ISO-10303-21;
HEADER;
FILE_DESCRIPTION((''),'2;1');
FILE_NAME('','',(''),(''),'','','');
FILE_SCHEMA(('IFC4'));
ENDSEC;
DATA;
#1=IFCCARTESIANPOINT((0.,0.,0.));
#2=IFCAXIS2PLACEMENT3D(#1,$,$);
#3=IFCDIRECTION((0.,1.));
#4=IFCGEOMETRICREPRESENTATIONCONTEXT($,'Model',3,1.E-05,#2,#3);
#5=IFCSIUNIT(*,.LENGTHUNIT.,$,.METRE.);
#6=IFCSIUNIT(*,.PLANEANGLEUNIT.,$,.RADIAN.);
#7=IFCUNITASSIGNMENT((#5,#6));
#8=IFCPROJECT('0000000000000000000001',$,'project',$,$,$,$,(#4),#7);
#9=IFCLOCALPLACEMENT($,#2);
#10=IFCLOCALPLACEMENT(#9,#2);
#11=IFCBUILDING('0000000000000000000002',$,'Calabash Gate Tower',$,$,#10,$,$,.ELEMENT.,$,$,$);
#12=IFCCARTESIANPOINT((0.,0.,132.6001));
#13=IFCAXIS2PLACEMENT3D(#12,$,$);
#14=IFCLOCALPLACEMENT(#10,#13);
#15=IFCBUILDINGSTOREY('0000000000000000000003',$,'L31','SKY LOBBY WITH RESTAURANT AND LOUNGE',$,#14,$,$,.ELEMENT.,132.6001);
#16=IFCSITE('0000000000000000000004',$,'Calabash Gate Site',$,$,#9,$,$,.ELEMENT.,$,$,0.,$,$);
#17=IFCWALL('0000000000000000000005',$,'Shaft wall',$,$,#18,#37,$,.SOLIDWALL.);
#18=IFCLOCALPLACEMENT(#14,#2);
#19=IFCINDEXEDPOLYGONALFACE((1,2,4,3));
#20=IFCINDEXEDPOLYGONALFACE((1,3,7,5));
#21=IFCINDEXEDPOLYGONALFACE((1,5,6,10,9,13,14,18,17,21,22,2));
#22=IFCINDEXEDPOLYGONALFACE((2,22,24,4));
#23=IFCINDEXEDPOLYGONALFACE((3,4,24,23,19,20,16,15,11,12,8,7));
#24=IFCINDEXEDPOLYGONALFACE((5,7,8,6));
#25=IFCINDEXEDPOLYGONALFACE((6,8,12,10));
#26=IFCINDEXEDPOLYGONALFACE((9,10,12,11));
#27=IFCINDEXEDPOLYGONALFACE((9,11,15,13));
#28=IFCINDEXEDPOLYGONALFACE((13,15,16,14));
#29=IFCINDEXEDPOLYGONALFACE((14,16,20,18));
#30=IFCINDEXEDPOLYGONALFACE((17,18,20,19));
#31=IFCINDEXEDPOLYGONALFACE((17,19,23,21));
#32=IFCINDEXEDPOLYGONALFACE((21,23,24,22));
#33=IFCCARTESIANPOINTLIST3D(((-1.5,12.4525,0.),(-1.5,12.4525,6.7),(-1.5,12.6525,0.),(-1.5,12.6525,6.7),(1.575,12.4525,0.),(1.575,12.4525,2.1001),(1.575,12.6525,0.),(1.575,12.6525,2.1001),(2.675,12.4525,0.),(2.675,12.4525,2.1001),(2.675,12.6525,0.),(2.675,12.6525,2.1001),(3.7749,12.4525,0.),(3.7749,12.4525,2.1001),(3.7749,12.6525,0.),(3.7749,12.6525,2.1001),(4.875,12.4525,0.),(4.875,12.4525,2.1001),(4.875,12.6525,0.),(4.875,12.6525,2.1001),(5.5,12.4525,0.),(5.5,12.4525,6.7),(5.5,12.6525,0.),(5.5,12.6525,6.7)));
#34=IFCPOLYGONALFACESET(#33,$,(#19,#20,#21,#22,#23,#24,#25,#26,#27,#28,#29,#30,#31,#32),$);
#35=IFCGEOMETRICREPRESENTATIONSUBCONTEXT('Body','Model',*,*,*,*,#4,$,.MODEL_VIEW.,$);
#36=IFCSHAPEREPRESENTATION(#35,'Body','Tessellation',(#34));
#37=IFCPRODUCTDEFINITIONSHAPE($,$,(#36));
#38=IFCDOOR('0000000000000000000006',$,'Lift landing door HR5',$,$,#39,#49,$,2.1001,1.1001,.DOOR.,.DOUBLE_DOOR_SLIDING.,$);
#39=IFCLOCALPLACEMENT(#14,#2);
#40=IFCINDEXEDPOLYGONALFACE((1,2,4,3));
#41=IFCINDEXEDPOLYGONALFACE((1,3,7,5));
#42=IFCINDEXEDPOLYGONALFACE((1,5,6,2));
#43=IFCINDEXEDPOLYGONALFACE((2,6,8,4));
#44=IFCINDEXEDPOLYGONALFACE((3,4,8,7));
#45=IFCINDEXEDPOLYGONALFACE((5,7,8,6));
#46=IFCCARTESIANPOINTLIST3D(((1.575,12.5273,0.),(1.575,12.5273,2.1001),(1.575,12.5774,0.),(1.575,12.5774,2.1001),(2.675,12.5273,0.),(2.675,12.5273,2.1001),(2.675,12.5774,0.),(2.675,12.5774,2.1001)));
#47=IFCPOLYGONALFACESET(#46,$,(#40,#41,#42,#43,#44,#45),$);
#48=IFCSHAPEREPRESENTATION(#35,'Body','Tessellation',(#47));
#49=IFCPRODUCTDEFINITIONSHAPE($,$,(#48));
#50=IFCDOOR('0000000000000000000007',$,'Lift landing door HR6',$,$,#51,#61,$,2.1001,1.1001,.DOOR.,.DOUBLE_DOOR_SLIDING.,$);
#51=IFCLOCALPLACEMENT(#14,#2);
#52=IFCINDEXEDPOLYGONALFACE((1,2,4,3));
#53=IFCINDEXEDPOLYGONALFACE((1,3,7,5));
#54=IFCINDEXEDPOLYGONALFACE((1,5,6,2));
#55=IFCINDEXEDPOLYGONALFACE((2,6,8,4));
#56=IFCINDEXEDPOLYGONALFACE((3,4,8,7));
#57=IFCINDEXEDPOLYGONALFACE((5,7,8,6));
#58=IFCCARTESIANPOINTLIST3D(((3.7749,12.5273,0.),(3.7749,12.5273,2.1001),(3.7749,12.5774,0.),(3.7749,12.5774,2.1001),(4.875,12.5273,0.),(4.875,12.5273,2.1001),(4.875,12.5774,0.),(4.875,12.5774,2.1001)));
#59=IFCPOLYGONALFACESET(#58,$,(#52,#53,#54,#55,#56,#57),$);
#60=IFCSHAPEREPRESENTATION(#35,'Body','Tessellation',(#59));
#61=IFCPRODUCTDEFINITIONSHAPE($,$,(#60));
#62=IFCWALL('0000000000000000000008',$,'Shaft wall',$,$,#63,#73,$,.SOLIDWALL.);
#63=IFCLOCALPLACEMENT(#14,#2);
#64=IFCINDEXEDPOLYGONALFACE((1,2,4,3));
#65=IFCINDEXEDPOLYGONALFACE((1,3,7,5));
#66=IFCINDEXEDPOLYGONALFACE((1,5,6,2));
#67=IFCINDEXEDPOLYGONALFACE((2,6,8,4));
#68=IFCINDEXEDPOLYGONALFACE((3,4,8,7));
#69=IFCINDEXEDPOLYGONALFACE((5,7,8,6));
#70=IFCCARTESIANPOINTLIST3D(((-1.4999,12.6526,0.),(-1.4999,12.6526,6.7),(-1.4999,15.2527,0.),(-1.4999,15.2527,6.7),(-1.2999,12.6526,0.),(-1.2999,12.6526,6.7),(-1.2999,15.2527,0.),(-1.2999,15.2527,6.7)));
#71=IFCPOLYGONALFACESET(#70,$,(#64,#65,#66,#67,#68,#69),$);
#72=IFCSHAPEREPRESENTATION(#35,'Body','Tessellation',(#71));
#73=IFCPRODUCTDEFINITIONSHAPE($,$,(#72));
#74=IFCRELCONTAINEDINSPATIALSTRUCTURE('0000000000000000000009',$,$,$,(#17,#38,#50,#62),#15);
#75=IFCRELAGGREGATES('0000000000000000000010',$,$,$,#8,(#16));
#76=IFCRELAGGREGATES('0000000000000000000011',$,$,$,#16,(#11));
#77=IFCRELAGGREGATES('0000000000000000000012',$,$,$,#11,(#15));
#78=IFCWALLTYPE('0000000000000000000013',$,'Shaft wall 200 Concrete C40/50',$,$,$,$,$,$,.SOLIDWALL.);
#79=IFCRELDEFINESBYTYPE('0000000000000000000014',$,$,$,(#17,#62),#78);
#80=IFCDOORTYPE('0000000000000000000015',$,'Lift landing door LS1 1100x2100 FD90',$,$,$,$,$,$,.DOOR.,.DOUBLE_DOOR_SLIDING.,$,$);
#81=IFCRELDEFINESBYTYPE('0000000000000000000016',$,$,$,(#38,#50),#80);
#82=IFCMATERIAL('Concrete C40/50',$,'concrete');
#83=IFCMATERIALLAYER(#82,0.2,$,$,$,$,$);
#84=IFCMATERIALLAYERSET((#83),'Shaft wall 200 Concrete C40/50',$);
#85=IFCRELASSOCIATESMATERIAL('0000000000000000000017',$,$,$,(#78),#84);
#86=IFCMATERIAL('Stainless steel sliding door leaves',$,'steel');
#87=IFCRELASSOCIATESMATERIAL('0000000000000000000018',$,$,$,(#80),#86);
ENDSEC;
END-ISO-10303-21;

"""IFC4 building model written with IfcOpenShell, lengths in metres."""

from ifc_helpers import new_model, si_unit, direction, frame, frame_2d, origin, place, context, subcontext, project, spatial, rectangle, extrude, material, layer, layer_set, type_object, element, fill, save


model = new_model("IFC4")

# Units and contexts
model_context = context("Model", 3, precision=1e-05, world=origin(), true_north=direction((0.0, 1.0)))
body_context = subcontext(model_context, "Body", "Model", "MODEL_VIEW")
ifc_project = project(units=[si_unit("LENGTHUNIT", "METRE"), si_unit("PLANEANGLEUNIT", "RADIAN")], contexts=[model_context])

# Site, building, storey
site_placement = place(None, origin())
site = spatial("IfcSite", under=ifc_project, at=site_placement, Name="Calabash Gate Site", CompositionType="ELEMENT", RefElevation=0.0)
building_placement = place(site_placement, origin())
building = spatial("IfcBuilding", under=site, at=building_placement, Name="Calabash Gate Tower", CompositionType="ELEMENT")
storey_placement = place(building_placement, frame((0.0, 0.0, 132.6001)))
storey = spatial("IfcBuildingStorey", under=building, at=storey_placement, Name="L31", Description="SKY LOBBY WITH RESTAURANT AND LOUNGE", CompositionType="ELEMENT", Elevation=132.6001)

# Shared definitions
ifc_material_1 = material(Name="Concrete C40/50", Category="concrete")
ifc_layer = layer(ifc_material_1, 0.2)
ifc_layer_set = layer_set([ifc_layer], Name="Shaft wall 200 Concrete C40/50")
wall_type = type_object("IfcWallType", Name="Shaft wall 200 Concrete C40/50", PredefinedType="SOLIDWALL", material=ifc_layer_set)
ifc_material_2 = material(Name="Stainless steel sliding door leaves", Category="steel")
door_type_1 = type_object("IfcDoorType", Name="Lift landing door LS1 1100x2100 FD90", OperationType="DOUBLE_DOOR_SLIDING", PredefinedType="DOOR", material=ifc_material_2)

# Wall, openings, doors
wall_1_placement = place(storey_placement, frame((-1.5, 12.5525, 0.0), z_axis=(0.0, 0.0, 1.0), x_axis=(1.0, 0.0, 0.0)))
wall_1 = element("IfcWall", 1, at=wall_1_placement, inside=storey, type_object=wall_type, Name="Shaft wall", PredefinedType="SOLIDWALL", context=body_context, shape_type="SweptSolid", body=[
    extrude(rectangle(XDim=7.0, YDim=0.2, at=frame_2d((3.5, 0.0))), origin(), (0.0, 0.0, 1.0), 6.7),
])
opening_1_placement = place(wall_1_placement, frame((3.075, 0.0, 0.0)))
opening_1 = element("IfcOpeningElement", 2, at=opening_1_placement, cuts=wall_1, PredefinedType="OPENING", context=body_context, shape_type="SweptSolid", body=[
    extrude(rectangle(XDim=1.1001, YDim=2.1001, at=frame_2d((0.55, 1.05))), frame((0.0, 0.1099, 0.0), z_axis=(0.0, -1.0, 0.0), x_axis=(1.0, 0.0, 0.0)), (0.0, 0.0, 1.0), 0.22),
])
opening_2_placement = place(wall_1_placement, frame((5.2749, 0.0, 0.0)))
opening_2 = element("IfcOpeningElement", 3, at=opening_2_placement, cuts=wall_1, PredefinedType="OPENING", context=body_context, shape_type="SweptSolid", body=[
    extrude(rectangle(XDim=1.1001, YDim=2.1001, at=frame_2d((0.55, 1.05))), frame((0.0, 0.1099, 0.0), z_axis=(0.0, -1.0, 0.0), x_axis=(1.0, 0.0, 0.0)), (0.0, 0.0, 1.0), 0.22),
])
door_1_placement = place(opening_1_placement, origin())
door_1 = element("IfcDoor", 4, at=door_1_placement, inside=storey, type_object=door_type_1, Name="Lift landing door HR5", OperationType="DOUBLE_DOOR_SLIDING", OverallHeight=2.1001, OverallWidth=1.1001, PredefinedType="DOOR", context=body_context, shape_type="SweptSolid", body=[
    extrude(rectangle(XDim=1.1001, YDim=2.1001, at=frame_2d((0.55, 1.05))), frame((0.0, 0.0249, 0.0), z_axis=(0.0, -1.0, 0.0), x_axis=(1.0, 0.0, 0.0)), (0.0, 0.0, 1.0), 0.05),
])
fill(opening_1, door_1)
door_2_placement = place(opening_2_placement, origin())
door_2 = element("IfcDoor", 5, at=door_2_placement, inside=storey, type_object=door_type_1, Name="Lift landing door HR6", OperationType="DOUBLE_DOOR_SLIDING", OverallHeight=2.1001, OverallWidth=1.1001, PredefinedType="DOOR", context=body_context, shape_type="SweptSolid", body=[
    extrude(rectangle(XDim=1.1001, YDim=2.1001, at=frame_2d((0.55, 1.05))), frame((0.0, 0.0249, 0.0), z_axis=(0.0, -1.0, 0.0), x_axis=(1.0, 0.0, 0.0)), (0.0, 0.0, 1.0), 0.05),
])
fill(opening_2, door_2)

# Wall
wall_2_placement = place(storey_placement, frame((-1.3999, 12.6526, 0.0), z_axis=(0.0, 0.0, 1.0), x_axis=(0.0, 1.0, 0.0)))
element("IfcWall", 6, at=wall_2_placement, inside=storey, type_object=wall_type, Name="Shaft wall", PredefinedType="SOLIDWALL", context=body_context, shape_type="SweptSolid", body=[
    extrude(rectangle(XDim=2.6001, YDim=0.2, at=frame_2d((1.3, 0.0))), origin(), (0.0, 0.0, 1.0), 6.7),
])

save(model, "model.ifc")
